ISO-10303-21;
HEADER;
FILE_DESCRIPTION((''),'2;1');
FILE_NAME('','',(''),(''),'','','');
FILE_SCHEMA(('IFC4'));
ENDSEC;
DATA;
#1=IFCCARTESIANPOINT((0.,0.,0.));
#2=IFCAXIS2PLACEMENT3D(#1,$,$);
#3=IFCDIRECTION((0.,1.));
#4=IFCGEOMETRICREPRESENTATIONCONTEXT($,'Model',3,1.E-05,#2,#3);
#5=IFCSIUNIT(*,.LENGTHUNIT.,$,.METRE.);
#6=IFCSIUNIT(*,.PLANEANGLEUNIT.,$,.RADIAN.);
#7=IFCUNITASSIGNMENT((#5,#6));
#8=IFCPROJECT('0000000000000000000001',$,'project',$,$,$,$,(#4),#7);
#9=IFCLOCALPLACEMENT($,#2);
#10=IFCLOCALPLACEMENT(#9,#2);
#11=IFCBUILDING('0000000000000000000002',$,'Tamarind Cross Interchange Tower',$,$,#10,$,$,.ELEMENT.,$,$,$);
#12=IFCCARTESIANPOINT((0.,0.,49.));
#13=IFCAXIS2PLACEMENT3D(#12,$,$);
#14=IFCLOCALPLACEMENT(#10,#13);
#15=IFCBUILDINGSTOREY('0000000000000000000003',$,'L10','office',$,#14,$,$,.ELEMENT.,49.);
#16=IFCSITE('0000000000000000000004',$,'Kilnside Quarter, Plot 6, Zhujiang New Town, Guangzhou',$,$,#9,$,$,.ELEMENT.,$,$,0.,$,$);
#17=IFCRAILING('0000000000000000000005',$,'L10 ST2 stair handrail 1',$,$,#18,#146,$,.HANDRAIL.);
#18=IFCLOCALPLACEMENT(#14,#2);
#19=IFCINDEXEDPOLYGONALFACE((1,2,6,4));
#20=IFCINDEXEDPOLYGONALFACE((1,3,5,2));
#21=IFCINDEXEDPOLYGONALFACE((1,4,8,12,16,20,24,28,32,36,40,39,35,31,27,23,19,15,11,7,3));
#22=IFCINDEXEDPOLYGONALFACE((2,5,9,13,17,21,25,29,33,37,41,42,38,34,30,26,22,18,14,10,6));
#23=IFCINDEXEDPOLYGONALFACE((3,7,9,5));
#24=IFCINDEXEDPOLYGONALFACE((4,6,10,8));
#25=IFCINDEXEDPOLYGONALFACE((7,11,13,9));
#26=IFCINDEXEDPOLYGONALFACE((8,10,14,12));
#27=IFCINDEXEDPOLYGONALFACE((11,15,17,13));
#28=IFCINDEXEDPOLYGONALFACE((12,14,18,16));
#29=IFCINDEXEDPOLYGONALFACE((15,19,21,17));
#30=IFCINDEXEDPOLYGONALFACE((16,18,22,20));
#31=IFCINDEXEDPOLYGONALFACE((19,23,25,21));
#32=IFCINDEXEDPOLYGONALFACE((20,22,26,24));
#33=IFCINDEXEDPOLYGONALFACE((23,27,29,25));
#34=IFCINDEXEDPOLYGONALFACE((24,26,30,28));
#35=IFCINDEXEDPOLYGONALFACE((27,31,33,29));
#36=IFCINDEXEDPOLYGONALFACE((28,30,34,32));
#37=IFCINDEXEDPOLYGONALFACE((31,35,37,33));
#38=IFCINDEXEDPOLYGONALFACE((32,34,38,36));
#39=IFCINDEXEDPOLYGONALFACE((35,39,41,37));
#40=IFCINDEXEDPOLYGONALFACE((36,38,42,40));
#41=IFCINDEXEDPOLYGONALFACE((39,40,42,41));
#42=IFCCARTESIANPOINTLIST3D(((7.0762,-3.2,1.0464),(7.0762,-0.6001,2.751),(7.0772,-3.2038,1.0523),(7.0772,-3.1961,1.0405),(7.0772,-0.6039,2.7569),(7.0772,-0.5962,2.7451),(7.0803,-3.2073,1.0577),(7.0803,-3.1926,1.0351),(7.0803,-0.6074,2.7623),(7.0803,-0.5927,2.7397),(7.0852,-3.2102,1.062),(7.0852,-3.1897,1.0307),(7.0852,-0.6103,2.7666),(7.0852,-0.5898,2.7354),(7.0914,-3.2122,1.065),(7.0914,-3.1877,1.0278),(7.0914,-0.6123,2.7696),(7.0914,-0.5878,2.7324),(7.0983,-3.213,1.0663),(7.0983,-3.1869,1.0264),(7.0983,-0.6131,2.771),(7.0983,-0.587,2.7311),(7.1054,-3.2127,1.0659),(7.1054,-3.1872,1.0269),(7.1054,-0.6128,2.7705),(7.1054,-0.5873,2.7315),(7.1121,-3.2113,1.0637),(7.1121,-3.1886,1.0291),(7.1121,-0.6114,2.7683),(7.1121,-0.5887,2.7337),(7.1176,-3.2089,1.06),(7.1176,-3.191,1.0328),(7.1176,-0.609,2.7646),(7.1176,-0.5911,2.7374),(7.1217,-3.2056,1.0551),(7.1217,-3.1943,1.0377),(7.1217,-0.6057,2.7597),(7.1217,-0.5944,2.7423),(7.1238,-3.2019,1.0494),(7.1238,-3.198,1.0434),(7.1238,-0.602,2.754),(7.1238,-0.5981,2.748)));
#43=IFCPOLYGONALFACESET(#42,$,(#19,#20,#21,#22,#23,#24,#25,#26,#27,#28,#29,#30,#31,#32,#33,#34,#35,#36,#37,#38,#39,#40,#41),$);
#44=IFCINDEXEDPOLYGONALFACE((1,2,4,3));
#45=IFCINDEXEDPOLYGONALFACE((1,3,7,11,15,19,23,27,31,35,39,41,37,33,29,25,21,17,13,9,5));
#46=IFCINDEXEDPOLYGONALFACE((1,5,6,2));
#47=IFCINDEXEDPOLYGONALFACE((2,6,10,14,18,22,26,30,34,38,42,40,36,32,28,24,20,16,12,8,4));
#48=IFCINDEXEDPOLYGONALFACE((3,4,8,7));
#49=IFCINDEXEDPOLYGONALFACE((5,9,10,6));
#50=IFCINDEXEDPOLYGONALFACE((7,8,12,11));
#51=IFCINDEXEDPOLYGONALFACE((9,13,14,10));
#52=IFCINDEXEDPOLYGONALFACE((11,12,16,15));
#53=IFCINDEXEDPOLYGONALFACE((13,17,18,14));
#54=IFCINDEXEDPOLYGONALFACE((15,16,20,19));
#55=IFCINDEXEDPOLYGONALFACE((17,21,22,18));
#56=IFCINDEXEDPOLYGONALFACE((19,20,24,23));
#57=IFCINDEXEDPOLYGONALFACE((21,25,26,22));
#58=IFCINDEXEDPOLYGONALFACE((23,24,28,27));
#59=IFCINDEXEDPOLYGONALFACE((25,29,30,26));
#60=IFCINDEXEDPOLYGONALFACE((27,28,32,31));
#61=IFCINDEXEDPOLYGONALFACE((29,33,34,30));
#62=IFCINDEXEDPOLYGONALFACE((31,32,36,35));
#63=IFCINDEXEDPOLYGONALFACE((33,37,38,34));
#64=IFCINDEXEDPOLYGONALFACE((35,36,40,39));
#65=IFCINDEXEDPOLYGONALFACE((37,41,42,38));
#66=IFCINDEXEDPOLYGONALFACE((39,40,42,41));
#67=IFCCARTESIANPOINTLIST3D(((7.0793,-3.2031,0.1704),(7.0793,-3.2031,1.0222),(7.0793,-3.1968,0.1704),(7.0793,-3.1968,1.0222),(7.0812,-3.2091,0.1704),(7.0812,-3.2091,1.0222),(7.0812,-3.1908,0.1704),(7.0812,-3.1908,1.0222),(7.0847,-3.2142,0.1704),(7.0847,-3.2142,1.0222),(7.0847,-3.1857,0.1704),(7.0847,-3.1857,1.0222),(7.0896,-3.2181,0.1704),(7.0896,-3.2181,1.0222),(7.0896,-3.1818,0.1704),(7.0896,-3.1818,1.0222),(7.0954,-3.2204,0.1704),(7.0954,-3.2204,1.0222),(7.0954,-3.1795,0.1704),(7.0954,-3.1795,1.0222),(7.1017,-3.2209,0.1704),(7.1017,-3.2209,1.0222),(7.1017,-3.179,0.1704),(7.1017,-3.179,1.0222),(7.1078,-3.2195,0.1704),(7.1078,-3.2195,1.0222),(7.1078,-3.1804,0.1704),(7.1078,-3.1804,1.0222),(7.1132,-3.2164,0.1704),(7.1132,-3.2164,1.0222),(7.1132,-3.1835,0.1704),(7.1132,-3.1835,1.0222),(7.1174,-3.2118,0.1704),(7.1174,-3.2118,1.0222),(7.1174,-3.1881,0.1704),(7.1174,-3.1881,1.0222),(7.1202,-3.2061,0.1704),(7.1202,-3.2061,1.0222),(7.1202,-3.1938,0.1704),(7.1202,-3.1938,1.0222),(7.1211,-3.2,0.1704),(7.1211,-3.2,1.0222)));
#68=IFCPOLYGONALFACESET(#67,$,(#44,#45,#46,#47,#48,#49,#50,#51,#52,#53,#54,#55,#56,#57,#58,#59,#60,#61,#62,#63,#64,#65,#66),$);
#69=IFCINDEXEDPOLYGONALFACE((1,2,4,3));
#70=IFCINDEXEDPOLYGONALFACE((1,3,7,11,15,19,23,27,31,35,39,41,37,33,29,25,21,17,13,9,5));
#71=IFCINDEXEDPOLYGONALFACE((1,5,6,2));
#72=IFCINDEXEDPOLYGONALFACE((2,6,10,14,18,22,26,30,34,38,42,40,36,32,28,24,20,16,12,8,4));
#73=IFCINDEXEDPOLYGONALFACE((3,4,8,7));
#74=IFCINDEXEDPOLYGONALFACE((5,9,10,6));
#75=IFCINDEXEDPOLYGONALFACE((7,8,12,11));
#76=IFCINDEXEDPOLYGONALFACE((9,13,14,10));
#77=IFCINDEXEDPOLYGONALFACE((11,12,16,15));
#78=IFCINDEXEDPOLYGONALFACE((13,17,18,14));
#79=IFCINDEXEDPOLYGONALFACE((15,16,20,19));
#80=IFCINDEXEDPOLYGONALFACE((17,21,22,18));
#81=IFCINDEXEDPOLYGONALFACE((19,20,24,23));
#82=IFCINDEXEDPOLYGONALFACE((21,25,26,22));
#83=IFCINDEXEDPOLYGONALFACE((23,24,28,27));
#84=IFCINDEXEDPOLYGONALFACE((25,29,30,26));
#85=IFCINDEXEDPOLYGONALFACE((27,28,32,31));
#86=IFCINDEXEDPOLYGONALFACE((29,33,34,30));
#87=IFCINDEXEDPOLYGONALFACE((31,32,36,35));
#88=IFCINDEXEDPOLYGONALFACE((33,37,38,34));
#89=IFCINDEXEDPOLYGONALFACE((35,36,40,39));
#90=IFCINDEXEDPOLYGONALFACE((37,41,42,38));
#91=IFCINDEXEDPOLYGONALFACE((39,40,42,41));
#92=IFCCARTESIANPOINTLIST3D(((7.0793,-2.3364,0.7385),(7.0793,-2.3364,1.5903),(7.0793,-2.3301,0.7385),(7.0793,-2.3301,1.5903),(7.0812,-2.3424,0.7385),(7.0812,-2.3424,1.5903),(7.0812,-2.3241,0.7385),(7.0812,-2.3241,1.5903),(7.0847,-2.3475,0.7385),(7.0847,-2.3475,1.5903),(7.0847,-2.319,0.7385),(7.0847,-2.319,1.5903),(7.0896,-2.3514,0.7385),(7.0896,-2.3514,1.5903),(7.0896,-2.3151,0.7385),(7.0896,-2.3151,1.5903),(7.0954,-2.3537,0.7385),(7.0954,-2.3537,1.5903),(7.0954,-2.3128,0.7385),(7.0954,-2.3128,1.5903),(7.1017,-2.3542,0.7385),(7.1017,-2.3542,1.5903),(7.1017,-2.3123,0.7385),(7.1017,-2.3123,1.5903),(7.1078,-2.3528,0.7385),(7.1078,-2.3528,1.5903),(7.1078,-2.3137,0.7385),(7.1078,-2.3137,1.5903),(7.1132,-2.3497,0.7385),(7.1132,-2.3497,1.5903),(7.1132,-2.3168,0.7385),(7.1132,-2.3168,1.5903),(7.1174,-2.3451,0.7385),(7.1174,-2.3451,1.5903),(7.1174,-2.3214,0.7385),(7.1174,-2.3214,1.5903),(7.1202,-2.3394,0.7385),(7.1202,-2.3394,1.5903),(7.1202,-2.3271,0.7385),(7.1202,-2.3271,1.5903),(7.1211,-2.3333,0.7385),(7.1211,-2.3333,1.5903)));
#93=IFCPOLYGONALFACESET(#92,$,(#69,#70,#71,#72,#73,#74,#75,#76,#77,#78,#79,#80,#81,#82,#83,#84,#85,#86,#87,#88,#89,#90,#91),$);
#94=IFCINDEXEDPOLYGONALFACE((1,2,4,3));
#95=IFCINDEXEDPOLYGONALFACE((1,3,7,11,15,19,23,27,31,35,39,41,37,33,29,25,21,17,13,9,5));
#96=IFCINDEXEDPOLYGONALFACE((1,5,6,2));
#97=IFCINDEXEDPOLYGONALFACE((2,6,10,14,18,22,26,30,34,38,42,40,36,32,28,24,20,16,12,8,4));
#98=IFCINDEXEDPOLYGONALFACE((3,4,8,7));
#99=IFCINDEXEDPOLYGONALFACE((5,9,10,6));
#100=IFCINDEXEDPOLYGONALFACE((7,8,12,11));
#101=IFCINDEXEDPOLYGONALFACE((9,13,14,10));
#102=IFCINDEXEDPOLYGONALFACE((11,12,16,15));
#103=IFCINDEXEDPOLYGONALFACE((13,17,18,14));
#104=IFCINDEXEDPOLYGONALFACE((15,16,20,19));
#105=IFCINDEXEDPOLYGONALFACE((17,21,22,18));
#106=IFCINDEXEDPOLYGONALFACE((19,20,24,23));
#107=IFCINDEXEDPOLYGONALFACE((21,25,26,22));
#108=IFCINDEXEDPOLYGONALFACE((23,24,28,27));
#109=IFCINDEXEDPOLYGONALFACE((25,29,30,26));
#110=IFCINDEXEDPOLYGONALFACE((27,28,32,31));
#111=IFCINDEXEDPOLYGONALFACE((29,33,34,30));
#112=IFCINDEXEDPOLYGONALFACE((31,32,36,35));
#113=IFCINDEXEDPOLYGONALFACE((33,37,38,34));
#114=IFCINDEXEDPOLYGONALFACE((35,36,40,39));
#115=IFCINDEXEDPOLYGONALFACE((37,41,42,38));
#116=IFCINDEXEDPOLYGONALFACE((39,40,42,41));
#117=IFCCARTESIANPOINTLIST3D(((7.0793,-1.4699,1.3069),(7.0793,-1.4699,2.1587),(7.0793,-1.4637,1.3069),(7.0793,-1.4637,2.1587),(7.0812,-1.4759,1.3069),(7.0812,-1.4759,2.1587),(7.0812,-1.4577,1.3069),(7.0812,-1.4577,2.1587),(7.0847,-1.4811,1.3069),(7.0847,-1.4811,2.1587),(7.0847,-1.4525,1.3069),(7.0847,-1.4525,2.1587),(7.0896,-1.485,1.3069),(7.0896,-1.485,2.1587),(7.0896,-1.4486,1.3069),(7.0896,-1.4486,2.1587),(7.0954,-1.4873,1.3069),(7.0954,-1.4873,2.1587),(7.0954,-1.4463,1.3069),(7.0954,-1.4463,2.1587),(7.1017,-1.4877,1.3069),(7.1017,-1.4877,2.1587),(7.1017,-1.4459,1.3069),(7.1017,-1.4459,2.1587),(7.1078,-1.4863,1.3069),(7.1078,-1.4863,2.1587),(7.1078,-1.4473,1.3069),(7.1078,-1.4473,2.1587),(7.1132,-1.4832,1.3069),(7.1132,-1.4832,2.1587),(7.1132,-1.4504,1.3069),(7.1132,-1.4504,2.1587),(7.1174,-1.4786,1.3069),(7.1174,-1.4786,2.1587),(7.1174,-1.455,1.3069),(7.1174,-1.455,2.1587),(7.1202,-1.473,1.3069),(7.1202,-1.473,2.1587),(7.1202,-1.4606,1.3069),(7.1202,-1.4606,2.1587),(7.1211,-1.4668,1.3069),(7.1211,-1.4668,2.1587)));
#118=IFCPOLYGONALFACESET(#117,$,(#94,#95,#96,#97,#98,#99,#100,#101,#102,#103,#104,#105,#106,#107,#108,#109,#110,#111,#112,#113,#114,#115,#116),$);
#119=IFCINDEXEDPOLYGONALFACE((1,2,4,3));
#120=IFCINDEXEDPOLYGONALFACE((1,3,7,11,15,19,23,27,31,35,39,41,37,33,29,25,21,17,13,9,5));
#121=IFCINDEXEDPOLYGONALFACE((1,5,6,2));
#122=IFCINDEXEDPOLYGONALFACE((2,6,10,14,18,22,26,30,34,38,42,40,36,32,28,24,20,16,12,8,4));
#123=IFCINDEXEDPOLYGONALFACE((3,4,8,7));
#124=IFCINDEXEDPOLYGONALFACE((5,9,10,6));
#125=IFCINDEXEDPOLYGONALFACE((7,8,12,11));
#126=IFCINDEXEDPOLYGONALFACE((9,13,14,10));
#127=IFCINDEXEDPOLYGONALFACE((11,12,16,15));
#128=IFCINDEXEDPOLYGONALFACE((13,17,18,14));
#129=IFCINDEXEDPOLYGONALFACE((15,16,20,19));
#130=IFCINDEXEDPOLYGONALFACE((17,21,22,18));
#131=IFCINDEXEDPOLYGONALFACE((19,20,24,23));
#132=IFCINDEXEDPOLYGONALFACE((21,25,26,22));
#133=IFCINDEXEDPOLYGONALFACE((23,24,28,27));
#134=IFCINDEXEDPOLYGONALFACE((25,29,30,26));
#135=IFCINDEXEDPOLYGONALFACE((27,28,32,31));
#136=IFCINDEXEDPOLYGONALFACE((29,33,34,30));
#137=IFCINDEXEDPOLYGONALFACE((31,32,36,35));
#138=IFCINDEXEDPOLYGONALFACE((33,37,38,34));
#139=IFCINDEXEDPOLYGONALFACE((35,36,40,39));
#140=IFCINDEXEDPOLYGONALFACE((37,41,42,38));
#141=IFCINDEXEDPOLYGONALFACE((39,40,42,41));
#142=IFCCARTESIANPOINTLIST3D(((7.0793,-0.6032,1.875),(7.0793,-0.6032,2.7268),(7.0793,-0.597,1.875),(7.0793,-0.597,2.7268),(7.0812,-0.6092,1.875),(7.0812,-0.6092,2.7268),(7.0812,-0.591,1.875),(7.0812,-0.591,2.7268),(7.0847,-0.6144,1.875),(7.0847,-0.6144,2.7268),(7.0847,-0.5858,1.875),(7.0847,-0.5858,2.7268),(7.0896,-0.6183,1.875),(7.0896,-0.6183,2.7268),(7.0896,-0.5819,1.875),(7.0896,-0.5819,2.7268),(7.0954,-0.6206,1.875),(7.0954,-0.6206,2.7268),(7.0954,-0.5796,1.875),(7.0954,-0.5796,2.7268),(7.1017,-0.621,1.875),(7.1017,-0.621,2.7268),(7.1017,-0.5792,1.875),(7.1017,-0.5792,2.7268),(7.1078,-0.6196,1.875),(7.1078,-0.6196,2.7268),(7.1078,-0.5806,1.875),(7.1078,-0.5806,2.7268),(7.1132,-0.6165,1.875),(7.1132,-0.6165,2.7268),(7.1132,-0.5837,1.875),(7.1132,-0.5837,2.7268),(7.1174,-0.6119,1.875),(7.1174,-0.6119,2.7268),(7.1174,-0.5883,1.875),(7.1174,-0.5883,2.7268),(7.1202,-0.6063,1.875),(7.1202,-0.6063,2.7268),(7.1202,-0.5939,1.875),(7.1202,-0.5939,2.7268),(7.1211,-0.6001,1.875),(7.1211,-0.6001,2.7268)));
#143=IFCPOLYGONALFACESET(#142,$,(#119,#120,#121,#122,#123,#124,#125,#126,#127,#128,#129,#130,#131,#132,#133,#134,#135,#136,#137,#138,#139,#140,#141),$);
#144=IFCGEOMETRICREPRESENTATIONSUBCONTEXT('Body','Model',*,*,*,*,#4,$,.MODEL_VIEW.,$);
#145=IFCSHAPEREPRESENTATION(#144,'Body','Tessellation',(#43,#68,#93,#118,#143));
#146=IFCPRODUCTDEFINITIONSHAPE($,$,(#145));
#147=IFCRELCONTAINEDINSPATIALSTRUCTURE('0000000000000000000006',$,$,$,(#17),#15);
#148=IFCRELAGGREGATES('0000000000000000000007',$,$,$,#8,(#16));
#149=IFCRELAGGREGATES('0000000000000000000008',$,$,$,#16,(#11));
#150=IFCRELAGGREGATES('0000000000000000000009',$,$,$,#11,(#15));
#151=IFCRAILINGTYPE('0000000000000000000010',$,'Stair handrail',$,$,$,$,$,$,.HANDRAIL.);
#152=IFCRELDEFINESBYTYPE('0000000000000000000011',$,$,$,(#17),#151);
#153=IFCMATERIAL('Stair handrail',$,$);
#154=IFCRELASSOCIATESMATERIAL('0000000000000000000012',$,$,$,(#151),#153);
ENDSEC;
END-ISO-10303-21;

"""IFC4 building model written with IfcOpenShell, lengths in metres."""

from ifc_helpers import new_model, si_unit, direction, frame, origin, origin_2d, place, context, subcontext, project, spatial, circle, extrude, material, type_object, element, save


model = new_model("IFC4")

# Units and contexts
model_context = context("Model", 3, precision=1e-05, world=origin(), true_north=direction((0.0, 1.0)))
body_context = subcontext(model_context, "Body", "Model", "MODEL_VIEW")
ifc_project = project(units=[si_unit("LENGTHUNIT", "METRE"), si_unit("PLANEANGLEUNIT", "RADIAN")], contexts=[model_context])

# Site, building, storey
site_placement = place(None, origin())
site = spatial("IfcSite", under=ifc_project, at=site_placement, Name="Kilnside Quarter, Plot 6, Zhujiang New Town, Guangzhou", CompositionType="ELEMENT", RefElevation=0.0)
building_placement = place(site_placement, origin())
building = spatial("IfcBuilding", under=site, at=building_placement, Name="Tamarind Cross Interchange Tower", CompositionType="ELEMENT")
storey_placement = place(building_placement, frame((0.0, 0.0, 49.0)))
storey = spatial("IfcBuildingStorey", under=building, at=storey_placement, Name="L10", Description="office", CompositionType="ELEMENT", Elevation=49.0)

# Railing
ifc_material_1 = material(Name="Stair handrail")
railing_type_1 = type_object("IfcRailingType", Name="Stair handrail", PredefinedType="HANDRAIL", material=ifc_material_1)
railing_1_placement = place(storey_placement, frame((7.1001, -3.2, 0.1704)))
element("IfcRailing", 1, at=railing_1_placement, inside=storey, type_object=railing_type_1, Name="L10 ST2 stair handrail 1", PredefinedType="HANDRAIL", context=body_context, shape_type="SweptSolid", body=[
    extrude(circle(Radius=0.0239, at=origin_2d()), frame((0.0, 0.0, 0.876), z_axis=(0.0, 0.836279, 0.548305), x_axis=(-1.0, 0.0, 0.0)), (0.0, 0.0, 1.0), 3.1089),
    extrude(circle(Radius=0.021, at=origin_2d()), origin(), (0.0, 0.0, 1.0), 0.8518),
    extrude(circle(Radius=0.021, at=origin_2d()), frame((0.0, 0.8667, 0.5681)), (0.0, 0.0, 1.0), 0.8518),
    extrude(circle(Radius=0.021, at=origin_2d()), frame((0.0, 1.7332, 1.1365)), (0.0, 0.0, 1.0), 0.8518),
    extrude(circle(Radius=0.021, at=origin_2d()), frame((0.0, 2.5999, 1.7046)), (0.0, 0.0, 1.0), 0.8518),
])

save(model, "model.ifc")
